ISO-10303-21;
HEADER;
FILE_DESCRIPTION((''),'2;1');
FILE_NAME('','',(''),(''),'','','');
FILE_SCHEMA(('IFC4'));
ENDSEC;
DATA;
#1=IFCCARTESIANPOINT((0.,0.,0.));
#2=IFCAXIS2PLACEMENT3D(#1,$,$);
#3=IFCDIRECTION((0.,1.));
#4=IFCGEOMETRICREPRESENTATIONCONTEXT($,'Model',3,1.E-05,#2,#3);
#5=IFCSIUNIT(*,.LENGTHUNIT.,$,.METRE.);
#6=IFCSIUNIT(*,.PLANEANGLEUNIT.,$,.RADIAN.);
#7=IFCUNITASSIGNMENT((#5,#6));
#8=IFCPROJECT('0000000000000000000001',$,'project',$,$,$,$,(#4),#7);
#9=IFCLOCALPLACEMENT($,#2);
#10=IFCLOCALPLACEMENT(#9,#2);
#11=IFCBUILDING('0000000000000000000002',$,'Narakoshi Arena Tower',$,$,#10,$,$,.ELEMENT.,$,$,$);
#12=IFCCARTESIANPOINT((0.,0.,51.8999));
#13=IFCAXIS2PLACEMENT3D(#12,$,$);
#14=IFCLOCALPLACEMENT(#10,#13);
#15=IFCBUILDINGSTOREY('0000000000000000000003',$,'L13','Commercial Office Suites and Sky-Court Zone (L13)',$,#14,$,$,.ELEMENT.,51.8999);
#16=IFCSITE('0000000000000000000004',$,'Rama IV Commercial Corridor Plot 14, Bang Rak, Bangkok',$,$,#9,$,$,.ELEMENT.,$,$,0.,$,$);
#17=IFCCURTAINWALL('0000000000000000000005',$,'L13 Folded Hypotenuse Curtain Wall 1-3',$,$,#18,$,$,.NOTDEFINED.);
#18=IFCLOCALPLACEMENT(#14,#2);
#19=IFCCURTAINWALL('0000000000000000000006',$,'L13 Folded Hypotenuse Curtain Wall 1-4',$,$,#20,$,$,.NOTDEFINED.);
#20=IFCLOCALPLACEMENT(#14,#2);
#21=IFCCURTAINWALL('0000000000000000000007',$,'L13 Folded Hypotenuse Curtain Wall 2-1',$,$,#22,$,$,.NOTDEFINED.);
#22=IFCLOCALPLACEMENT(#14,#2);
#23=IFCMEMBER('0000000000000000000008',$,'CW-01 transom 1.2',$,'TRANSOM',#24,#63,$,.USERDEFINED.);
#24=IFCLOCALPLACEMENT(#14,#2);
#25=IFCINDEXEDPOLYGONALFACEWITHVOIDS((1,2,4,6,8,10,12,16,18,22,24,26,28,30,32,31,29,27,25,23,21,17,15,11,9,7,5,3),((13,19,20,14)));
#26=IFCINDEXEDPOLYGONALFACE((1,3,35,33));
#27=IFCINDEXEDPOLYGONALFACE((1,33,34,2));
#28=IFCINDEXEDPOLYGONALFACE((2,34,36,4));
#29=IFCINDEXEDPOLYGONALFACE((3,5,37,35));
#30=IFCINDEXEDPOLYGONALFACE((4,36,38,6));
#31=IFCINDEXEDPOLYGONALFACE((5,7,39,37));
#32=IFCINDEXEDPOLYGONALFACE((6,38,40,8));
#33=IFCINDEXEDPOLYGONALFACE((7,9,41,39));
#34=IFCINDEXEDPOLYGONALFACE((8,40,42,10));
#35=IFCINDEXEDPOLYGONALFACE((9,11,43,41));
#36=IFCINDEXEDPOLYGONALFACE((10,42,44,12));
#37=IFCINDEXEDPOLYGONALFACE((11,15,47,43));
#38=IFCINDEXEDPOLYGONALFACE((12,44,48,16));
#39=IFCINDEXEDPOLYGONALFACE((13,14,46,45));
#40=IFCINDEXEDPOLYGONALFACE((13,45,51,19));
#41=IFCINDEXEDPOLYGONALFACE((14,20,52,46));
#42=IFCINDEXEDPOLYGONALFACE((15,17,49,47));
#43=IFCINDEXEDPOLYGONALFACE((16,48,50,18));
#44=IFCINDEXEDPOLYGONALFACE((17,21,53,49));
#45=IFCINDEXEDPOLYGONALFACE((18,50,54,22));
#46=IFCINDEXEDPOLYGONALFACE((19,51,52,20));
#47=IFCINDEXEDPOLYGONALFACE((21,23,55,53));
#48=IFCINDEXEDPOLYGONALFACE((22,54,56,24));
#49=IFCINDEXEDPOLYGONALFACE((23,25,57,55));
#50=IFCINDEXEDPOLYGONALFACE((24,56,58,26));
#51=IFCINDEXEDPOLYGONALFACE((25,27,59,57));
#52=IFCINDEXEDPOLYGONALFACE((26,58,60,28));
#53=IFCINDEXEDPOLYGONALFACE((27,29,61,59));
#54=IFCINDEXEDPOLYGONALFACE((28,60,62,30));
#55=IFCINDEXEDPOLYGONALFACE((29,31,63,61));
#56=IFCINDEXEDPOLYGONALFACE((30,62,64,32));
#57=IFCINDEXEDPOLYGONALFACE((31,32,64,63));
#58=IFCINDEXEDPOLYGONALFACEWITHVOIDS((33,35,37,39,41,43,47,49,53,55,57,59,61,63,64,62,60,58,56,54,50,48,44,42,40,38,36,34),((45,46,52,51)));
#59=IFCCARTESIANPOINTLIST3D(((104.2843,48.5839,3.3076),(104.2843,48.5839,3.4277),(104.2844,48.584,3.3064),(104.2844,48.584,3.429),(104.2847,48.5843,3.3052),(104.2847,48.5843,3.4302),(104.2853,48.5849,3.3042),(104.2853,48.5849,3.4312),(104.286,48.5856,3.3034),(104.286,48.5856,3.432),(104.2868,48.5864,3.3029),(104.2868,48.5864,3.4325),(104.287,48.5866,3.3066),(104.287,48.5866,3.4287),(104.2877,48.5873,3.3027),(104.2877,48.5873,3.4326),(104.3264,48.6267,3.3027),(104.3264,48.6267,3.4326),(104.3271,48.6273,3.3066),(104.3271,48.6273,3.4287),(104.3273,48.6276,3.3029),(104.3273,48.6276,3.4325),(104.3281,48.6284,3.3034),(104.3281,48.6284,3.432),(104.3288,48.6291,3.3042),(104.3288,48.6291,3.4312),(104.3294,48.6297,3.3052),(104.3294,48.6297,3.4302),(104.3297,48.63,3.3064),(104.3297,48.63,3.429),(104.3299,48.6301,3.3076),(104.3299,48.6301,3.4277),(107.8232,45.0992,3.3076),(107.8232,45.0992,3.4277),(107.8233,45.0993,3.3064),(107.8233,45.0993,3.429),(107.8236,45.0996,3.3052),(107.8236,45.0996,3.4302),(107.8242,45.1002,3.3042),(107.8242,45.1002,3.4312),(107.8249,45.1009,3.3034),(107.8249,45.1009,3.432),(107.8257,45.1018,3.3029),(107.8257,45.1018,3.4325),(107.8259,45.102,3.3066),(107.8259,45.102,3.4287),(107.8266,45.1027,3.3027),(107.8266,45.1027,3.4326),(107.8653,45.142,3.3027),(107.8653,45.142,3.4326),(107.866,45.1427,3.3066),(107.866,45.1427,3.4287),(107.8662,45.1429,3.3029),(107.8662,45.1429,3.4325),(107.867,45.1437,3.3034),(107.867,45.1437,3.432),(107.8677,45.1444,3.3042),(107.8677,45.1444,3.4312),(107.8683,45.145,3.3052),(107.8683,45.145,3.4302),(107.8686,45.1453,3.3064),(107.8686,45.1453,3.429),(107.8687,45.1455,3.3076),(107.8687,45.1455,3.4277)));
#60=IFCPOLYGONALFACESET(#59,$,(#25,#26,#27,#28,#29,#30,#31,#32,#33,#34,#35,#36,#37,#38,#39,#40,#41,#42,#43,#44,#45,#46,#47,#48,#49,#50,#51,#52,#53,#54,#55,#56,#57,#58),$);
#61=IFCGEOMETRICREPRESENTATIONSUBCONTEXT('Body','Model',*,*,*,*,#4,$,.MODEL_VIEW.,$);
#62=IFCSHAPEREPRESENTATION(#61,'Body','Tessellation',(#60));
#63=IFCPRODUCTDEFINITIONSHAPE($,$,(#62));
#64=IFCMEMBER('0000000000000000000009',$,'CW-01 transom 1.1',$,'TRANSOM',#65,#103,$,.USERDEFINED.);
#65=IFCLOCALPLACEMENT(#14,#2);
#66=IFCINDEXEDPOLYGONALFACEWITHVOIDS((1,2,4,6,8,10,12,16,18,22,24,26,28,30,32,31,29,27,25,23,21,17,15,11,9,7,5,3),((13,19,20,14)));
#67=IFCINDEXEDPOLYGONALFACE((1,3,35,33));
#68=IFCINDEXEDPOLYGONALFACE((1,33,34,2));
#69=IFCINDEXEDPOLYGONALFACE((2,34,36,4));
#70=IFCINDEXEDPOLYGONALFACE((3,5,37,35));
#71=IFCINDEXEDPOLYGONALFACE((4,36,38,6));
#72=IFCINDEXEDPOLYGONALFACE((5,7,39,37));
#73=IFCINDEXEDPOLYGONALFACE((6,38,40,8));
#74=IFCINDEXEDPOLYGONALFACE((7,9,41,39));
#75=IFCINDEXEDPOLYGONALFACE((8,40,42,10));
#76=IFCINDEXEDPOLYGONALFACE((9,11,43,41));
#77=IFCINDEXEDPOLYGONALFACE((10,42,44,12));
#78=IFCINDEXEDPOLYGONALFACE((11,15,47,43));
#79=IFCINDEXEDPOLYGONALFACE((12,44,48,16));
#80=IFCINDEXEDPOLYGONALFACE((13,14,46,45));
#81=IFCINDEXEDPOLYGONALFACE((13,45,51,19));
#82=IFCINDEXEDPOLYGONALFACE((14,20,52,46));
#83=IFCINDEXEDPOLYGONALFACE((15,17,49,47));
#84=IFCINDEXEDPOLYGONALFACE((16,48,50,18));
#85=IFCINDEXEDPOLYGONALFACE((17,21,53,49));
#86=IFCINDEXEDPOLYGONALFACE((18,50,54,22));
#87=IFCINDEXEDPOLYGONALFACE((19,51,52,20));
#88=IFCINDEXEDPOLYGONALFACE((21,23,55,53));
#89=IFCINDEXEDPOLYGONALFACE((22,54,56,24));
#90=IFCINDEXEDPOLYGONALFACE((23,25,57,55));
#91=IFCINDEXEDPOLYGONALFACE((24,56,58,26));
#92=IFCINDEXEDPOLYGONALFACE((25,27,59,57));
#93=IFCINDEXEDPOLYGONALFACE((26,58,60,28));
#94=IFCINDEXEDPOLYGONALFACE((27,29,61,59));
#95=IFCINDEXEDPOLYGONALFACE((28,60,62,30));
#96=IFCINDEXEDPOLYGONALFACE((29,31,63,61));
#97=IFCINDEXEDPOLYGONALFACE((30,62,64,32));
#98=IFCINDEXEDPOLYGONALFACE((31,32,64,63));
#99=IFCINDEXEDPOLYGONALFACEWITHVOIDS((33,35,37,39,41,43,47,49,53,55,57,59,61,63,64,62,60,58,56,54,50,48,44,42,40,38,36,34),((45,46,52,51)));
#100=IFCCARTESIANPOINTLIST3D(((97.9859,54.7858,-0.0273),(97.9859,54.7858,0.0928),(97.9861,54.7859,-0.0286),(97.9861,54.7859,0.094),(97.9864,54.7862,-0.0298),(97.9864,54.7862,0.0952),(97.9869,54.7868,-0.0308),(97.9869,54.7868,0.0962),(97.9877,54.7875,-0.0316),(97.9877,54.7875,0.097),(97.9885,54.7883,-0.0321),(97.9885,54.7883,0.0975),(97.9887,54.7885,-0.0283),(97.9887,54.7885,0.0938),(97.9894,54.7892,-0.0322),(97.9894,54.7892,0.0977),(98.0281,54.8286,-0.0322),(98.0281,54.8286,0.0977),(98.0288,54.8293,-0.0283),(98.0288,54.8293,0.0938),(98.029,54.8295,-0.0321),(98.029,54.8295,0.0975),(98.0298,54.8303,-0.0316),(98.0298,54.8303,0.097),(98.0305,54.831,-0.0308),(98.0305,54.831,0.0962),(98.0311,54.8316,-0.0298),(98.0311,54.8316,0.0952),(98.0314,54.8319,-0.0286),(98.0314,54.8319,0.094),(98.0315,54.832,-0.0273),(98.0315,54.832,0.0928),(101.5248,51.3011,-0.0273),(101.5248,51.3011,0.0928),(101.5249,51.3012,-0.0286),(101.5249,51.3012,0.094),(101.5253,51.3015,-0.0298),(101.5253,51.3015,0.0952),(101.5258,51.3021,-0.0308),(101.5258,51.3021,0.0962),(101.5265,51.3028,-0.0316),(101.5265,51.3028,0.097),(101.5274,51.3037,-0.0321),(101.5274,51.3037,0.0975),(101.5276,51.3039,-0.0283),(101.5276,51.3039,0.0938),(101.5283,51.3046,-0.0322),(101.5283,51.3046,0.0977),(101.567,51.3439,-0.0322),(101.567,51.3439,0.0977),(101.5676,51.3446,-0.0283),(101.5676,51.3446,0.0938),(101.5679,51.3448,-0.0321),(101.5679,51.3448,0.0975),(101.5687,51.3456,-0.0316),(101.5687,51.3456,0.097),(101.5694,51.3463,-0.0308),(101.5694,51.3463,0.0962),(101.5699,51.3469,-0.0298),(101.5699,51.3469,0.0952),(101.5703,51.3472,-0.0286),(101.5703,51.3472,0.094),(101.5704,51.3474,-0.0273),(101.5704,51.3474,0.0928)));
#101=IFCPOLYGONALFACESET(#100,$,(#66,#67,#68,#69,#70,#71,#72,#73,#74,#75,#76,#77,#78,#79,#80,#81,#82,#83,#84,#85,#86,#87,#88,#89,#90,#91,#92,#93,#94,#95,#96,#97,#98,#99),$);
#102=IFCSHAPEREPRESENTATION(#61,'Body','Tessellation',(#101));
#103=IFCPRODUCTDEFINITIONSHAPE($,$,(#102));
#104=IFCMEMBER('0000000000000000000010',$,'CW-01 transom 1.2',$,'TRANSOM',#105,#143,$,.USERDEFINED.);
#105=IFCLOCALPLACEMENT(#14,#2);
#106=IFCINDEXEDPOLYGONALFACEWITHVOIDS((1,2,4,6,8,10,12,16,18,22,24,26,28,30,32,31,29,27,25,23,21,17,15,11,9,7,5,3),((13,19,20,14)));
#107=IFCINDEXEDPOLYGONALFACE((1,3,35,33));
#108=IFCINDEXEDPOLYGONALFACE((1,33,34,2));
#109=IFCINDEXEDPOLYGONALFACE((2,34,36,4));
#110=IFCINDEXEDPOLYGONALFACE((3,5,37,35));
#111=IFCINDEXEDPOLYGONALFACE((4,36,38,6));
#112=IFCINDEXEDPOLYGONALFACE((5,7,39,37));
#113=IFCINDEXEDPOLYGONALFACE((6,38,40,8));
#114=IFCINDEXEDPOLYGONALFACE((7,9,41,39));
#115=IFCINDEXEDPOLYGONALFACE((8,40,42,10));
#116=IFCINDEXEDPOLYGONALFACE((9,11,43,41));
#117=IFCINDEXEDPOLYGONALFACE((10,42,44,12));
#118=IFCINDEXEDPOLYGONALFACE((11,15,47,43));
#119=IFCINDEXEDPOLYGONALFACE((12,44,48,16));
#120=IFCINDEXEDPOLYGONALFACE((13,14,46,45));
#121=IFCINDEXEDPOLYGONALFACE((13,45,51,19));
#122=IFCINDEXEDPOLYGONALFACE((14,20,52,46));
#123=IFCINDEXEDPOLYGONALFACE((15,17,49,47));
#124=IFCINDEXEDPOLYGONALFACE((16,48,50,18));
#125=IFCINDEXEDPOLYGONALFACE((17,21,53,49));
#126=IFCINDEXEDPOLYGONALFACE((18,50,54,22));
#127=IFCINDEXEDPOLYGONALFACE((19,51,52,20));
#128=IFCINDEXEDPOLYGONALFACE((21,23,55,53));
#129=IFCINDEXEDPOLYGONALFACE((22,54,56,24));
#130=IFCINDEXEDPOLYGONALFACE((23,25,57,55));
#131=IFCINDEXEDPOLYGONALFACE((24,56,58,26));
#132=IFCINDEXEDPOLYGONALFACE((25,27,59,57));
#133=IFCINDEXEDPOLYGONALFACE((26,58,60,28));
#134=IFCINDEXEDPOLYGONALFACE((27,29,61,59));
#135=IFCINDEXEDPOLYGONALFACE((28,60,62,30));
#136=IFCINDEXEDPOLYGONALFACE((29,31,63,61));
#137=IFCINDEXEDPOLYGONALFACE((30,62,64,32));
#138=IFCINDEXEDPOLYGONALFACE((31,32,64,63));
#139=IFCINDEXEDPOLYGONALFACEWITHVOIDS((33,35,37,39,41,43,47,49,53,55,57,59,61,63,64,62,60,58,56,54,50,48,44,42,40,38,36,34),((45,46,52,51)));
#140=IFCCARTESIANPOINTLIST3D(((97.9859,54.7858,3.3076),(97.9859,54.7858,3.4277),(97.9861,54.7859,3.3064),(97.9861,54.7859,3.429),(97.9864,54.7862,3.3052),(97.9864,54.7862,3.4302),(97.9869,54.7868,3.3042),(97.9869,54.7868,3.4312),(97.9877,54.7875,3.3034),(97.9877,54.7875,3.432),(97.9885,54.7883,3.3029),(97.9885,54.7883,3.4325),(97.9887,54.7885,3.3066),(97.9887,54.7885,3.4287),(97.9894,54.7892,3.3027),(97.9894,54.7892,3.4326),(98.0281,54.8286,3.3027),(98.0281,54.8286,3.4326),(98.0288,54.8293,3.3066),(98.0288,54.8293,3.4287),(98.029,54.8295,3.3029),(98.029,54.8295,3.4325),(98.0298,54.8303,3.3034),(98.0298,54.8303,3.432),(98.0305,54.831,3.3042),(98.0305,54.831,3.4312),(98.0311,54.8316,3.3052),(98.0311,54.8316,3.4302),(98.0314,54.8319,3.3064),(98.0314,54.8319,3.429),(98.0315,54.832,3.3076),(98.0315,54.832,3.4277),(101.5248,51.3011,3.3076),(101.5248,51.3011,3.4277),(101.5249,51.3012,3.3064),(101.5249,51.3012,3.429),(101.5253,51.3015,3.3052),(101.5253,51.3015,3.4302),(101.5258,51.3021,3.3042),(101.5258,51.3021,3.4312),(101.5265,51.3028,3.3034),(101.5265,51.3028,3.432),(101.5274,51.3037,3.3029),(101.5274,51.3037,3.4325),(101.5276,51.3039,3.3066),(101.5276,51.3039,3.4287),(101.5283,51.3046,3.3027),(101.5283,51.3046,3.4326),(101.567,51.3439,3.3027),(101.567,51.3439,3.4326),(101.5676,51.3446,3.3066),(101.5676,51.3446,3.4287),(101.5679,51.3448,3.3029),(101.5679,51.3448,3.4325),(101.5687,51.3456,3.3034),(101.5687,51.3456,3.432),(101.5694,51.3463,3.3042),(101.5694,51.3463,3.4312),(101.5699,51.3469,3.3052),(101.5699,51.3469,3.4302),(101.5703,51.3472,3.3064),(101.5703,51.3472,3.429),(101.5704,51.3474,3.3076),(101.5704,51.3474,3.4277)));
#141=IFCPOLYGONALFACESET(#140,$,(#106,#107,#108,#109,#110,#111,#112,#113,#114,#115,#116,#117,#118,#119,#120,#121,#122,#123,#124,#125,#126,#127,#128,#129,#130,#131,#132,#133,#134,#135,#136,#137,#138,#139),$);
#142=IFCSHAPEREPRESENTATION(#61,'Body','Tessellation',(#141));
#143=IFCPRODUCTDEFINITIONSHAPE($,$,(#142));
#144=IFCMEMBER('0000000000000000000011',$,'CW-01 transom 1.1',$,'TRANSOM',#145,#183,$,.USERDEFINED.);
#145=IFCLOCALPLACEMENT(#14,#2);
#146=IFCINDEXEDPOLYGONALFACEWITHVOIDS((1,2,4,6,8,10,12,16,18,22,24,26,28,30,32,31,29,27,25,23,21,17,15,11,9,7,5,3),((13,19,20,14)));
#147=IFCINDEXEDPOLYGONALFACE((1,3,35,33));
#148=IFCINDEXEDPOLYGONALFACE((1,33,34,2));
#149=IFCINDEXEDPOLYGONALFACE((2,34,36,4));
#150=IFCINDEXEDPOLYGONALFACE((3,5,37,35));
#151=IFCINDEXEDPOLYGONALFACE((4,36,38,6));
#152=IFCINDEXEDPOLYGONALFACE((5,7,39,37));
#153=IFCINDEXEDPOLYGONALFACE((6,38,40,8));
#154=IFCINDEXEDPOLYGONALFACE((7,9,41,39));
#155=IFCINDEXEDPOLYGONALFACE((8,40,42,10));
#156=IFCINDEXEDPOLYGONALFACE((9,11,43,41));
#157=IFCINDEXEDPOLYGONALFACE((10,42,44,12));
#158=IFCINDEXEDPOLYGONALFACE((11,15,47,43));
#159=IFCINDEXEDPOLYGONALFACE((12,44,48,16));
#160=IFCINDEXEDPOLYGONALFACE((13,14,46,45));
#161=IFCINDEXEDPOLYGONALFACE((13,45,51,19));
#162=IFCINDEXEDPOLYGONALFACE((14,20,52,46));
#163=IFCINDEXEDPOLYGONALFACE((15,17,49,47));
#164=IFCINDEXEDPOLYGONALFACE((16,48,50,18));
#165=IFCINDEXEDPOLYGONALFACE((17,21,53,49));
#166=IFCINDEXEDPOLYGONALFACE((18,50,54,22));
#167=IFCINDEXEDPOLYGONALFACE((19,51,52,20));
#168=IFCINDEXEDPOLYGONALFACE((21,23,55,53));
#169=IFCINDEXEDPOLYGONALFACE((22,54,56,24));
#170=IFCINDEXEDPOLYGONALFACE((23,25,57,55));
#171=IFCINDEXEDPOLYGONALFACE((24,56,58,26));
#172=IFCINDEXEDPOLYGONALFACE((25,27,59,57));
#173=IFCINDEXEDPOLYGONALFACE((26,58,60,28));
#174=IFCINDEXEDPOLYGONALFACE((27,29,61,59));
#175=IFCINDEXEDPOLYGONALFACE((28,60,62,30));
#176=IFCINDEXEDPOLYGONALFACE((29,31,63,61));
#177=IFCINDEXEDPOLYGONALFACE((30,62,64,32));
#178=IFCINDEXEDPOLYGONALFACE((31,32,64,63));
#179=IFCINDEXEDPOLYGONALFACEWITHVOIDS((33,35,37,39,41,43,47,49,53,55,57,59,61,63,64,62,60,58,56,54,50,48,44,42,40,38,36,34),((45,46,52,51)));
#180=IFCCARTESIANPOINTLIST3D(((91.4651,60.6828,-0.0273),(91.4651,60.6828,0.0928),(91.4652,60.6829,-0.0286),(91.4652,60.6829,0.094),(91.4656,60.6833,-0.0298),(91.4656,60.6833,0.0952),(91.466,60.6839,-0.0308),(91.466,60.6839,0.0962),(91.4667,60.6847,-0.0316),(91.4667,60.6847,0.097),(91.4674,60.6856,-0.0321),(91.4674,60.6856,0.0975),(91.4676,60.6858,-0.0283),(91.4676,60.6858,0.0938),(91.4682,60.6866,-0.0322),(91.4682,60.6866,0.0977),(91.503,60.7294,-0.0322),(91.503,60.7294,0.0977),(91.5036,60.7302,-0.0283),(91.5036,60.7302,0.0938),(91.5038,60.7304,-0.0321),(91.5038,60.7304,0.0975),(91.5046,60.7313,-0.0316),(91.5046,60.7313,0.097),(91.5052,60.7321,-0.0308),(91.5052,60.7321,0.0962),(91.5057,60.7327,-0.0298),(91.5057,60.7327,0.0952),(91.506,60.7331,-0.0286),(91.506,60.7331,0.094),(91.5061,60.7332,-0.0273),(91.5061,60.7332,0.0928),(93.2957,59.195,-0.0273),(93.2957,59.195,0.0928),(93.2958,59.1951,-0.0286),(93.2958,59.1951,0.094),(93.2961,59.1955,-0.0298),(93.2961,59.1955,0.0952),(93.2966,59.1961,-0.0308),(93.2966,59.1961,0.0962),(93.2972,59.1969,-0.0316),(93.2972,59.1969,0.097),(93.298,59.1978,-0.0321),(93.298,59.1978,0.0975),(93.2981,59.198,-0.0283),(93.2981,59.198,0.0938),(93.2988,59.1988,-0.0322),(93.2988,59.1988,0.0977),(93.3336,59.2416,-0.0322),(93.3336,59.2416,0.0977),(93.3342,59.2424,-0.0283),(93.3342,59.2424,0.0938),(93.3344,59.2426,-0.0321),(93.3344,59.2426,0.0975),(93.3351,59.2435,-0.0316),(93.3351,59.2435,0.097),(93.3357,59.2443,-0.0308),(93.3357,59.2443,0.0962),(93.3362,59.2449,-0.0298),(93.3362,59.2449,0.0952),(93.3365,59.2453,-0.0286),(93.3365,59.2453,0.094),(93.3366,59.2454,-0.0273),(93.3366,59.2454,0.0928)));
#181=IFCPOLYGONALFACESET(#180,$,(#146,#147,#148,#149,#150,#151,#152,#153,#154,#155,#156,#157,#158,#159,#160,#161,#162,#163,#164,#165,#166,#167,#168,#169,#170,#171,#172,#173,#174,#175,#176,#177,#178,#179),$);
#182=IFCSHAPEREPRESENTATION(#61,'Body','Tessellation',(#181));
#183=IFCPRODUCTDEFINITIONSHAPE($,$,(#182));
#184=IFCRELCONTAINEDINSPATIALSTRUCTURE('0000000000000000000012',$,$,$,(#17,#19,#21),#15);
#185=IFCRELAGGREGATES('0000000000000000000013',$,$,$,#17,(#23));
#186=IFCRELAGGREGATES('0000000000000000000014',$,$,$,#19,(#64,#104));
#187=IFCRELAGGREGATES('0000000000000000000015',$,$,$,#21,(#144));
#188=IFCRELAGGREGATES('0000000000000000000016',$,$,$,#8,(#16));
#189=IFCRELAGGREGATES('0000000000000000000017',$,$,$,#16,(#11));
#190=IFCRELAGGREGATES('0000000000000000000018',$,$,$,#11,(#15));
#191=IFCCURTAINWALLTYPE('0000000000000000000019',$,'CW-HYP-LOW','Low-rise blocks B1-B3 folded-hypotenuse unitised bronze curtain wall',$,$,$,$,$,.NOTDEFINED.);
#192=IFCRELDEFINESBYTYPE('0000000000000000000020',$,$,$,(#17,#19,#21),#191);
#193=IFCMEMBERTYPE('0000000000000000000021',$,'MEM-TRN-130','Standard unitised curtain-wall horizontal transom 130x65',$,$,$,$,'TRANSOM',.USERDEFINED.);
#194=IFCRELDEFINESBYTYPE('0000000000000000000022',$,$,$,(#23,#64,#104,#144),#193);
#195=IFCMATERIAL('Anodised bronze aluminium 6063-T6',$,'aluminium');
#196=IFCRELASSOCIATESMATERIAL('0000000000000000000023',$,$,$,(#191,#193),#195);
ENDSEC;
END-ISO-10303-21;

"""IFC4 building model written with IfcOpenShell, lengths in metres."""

from ifc_helpers import new_model, si_unit, direction, frame, origin, origin_2d, place, context, subcontext, project, spatial, hollow_rectangle, extrude, material, material_profile, profile_set, type_object, element, aggregate, save


model = new_model("IFC4")

# Units and contexts
model_context = context("Model", 3, precision=1e-05, world=origin(), true_north=direction((0.0, 1.0)))
body_context = subcontext(model_context, "Body", "Model", "MODEL_VIEW")
ifc_project = project(units=[si_unit("LENGTHUNIT", "METRE"), si_unit("PLANEANGLEUNIT", "RADIAN")], contexts=[model_context])

# Site, building, storey
site_placement = place(None, origin())
site = spatial("IfcSite", under=ifc_project, at=site_placement, Name="Rama IV Commercial Corridor Plot 14, Bang Rak, Bangkok", CompositionType="ELEMENT", RefElevation=0.0)
building_placement = place(site_placement, origin())
building = spatial("IfcBuilding", under=site, at=building_placement, Name="Narakoshi Arena Tower", CompositionType="ELEMENT")
storey_placement = place(building_placement, frame((0.0, 0.0, 51.8999)))
storey = spatial("IfcBuildingStorey", under=building, at=storey_placement, Name="L13", Description="Commercial Office Suites and Sky-Court Zone (L13)", CompositionType="ELEMENT", Elevation=51.8999)

# Curtain walls
ifc_material_1 = material(Name="Anodised bronze aluminium 6063-T6", Category="aluminium")
curtain_wall_type = type_object("IfcCurtainWallType", Name="CW-HYP-LOW", Description="Low-rise blocks B1-B3 folded-hypotenuse unitised bronze curtain wall", PredefinedType="NOTDEFINED", material=ifc_material_1)
curtain_wall_1_placement = place(storey_placement, origin())
curtain_wall_1 = element("IfcCurtainWall", 1, at=curtain_wall_1_placement, inside=storey, type_object=curtain_wall_type, Name="L13 Folded Hypotenuse Curtain Wall 1-3", PredefinedType="NOTDEFINED")
curtain_wall_2_placement = place(storey_placement, origin())
curtain_wall_2 = element("IfcCurtainWall", 2, at=curtain_wall_2_placement, inside=storey, type_object=curtain_wall_type, Name="L13 Folded Hypotenuse Curtain Wall 1-4", PredefinedType="NOTDEFINED")
curtain_wall_3_placement = place(storey_placement, origin())
curtain_wall_3 = element("IfcCurtainWall", 3, at=curtain_wall_3_placement, inside=storey, type_object=curtain_wall_type, Name="L13 Folded Hypotenuse Curtain Wall 2-1", PredefinedType="NOTDEFINED")

# Members
ifc_material_profile_1 = material_profile(ifc_material_1, hollow_rectangle(XDim=0.0649, YDim=0.1299, WallThickness=0.0039, OuterFilletRadius=0.0049, at=origin_2d()), Name="TRN130x65x4")
ifc_profile_set_1 = profile_set([ifc_material_profile_1], Name="Anodised bronze aluminium 6063-T6")
member_type_1 = type_object("IfcMemberType", Name="MEM-TRN-130", Description="Standard unitised curtain-wall horizontal transom 130x65", ElementType="TRANSOM", PredefinedType="USERDEFINED", material=ifc_profile_set_1)
member_1_placement = place(storey_placement, frame((107.8459, 45.1223, 3.3677), z_axis=(-0.712542, 0.701629, 0.0), x_axis=(-0.701629, -0.712542, 0.0)))
member_1 = element("IfcMember", 4, at=member_1_placement, type_object=member_type_1, Name="CW-01 transom 1.2", ObjectType="TRANSOM", PredefinedType="USERDEFINED", context=body_context, shape_type="SweptSolid", body=[
    extrude(hollow_rectangle(XDim=0.0649, YDim=0.1299, WallThickness=0.0039, OuterFilletRadius=0.0049, at=origin_2d()), origin(), (0.0, 0.0, 1.0), 4.9666),
])
member_2_placement = place(storey_placement, frame((101.5476, 51.3242, 0.0327), z_axis=(-0.712542, 0.701629, 0.0), x_axis=(-0.701629, -0.712542, 0.0)))
member_2 = element("IfcMember", 5, at=member_2_placement, type_object=member_type_1, Name="CW-01 transom 1.1", ObjectType="TRANSOM", PredefinedType="USERDEFINED", context=body_context, shape_type="SweptSolid", body=[
    extrude(hollow_rectangle(XDim=0.0649, YDim=0.1299, WallThickness=0.0039, OuterFilletRadius=0.0049, at=origin_2d()), origin(), (0.0, 0.0, 1.0), 4.9666),
])
member_3_placement = place(storey_placement, frame((101.5476, 51.3242, 3.3677), z_axis=(-0.712542, 0.701629, 0.0), x_axis=(-0.701629, -0.712542, 0.0)))
member_3 = element("IfcMember", 6, at=member_3_placement, type_object=member_type_1, Name="CW-01 transom 1.2", ObjectType="TRANSOM", PredefinedType="USERDEFINED", context=body_context, shape_type="SweptSolid", body=[
    extrude(hollow_rectangle(XDim=0.0649, YDim=0.1299, WallThickness=0.0039, OuterFilletRadius=0.0049, at=origin_2d()), origin(), (0.0, 0.0, 1.0), 4.9666),
])
member_4_placement = place(storey_placement, frame((93.3162, 59.2202, 0.0327), z_axis=(-0.776019, 0.63071, 0.0), x_axis=(-0.63071, -0.776019, 0.0)))
member_4 = element("IfcMember", 7, at=member_4_placement, type_object=member_type_1, Name="CW-01 transom 1.1", ObjectType="TRANSOM", PredefinedType="USERDEFINED", context=body_context, shape_type="SweptSolid", body=[
    extrude(hollow_rectangle(XDim=0.0649, YDim=0.1299, WallThickness=0.0039, OuterFilletRadius=0.0049, at=origin_2d()), origin(), (0.0, 0.0, 1.0), 2.3589),
])

aggregate(curtain_wall_1, [member_1])
aggregate(curtain_wall_2, [member_2, member_3])
aggregate(curtain_wall_3, [member_4])

save(model, "model.ifc")
